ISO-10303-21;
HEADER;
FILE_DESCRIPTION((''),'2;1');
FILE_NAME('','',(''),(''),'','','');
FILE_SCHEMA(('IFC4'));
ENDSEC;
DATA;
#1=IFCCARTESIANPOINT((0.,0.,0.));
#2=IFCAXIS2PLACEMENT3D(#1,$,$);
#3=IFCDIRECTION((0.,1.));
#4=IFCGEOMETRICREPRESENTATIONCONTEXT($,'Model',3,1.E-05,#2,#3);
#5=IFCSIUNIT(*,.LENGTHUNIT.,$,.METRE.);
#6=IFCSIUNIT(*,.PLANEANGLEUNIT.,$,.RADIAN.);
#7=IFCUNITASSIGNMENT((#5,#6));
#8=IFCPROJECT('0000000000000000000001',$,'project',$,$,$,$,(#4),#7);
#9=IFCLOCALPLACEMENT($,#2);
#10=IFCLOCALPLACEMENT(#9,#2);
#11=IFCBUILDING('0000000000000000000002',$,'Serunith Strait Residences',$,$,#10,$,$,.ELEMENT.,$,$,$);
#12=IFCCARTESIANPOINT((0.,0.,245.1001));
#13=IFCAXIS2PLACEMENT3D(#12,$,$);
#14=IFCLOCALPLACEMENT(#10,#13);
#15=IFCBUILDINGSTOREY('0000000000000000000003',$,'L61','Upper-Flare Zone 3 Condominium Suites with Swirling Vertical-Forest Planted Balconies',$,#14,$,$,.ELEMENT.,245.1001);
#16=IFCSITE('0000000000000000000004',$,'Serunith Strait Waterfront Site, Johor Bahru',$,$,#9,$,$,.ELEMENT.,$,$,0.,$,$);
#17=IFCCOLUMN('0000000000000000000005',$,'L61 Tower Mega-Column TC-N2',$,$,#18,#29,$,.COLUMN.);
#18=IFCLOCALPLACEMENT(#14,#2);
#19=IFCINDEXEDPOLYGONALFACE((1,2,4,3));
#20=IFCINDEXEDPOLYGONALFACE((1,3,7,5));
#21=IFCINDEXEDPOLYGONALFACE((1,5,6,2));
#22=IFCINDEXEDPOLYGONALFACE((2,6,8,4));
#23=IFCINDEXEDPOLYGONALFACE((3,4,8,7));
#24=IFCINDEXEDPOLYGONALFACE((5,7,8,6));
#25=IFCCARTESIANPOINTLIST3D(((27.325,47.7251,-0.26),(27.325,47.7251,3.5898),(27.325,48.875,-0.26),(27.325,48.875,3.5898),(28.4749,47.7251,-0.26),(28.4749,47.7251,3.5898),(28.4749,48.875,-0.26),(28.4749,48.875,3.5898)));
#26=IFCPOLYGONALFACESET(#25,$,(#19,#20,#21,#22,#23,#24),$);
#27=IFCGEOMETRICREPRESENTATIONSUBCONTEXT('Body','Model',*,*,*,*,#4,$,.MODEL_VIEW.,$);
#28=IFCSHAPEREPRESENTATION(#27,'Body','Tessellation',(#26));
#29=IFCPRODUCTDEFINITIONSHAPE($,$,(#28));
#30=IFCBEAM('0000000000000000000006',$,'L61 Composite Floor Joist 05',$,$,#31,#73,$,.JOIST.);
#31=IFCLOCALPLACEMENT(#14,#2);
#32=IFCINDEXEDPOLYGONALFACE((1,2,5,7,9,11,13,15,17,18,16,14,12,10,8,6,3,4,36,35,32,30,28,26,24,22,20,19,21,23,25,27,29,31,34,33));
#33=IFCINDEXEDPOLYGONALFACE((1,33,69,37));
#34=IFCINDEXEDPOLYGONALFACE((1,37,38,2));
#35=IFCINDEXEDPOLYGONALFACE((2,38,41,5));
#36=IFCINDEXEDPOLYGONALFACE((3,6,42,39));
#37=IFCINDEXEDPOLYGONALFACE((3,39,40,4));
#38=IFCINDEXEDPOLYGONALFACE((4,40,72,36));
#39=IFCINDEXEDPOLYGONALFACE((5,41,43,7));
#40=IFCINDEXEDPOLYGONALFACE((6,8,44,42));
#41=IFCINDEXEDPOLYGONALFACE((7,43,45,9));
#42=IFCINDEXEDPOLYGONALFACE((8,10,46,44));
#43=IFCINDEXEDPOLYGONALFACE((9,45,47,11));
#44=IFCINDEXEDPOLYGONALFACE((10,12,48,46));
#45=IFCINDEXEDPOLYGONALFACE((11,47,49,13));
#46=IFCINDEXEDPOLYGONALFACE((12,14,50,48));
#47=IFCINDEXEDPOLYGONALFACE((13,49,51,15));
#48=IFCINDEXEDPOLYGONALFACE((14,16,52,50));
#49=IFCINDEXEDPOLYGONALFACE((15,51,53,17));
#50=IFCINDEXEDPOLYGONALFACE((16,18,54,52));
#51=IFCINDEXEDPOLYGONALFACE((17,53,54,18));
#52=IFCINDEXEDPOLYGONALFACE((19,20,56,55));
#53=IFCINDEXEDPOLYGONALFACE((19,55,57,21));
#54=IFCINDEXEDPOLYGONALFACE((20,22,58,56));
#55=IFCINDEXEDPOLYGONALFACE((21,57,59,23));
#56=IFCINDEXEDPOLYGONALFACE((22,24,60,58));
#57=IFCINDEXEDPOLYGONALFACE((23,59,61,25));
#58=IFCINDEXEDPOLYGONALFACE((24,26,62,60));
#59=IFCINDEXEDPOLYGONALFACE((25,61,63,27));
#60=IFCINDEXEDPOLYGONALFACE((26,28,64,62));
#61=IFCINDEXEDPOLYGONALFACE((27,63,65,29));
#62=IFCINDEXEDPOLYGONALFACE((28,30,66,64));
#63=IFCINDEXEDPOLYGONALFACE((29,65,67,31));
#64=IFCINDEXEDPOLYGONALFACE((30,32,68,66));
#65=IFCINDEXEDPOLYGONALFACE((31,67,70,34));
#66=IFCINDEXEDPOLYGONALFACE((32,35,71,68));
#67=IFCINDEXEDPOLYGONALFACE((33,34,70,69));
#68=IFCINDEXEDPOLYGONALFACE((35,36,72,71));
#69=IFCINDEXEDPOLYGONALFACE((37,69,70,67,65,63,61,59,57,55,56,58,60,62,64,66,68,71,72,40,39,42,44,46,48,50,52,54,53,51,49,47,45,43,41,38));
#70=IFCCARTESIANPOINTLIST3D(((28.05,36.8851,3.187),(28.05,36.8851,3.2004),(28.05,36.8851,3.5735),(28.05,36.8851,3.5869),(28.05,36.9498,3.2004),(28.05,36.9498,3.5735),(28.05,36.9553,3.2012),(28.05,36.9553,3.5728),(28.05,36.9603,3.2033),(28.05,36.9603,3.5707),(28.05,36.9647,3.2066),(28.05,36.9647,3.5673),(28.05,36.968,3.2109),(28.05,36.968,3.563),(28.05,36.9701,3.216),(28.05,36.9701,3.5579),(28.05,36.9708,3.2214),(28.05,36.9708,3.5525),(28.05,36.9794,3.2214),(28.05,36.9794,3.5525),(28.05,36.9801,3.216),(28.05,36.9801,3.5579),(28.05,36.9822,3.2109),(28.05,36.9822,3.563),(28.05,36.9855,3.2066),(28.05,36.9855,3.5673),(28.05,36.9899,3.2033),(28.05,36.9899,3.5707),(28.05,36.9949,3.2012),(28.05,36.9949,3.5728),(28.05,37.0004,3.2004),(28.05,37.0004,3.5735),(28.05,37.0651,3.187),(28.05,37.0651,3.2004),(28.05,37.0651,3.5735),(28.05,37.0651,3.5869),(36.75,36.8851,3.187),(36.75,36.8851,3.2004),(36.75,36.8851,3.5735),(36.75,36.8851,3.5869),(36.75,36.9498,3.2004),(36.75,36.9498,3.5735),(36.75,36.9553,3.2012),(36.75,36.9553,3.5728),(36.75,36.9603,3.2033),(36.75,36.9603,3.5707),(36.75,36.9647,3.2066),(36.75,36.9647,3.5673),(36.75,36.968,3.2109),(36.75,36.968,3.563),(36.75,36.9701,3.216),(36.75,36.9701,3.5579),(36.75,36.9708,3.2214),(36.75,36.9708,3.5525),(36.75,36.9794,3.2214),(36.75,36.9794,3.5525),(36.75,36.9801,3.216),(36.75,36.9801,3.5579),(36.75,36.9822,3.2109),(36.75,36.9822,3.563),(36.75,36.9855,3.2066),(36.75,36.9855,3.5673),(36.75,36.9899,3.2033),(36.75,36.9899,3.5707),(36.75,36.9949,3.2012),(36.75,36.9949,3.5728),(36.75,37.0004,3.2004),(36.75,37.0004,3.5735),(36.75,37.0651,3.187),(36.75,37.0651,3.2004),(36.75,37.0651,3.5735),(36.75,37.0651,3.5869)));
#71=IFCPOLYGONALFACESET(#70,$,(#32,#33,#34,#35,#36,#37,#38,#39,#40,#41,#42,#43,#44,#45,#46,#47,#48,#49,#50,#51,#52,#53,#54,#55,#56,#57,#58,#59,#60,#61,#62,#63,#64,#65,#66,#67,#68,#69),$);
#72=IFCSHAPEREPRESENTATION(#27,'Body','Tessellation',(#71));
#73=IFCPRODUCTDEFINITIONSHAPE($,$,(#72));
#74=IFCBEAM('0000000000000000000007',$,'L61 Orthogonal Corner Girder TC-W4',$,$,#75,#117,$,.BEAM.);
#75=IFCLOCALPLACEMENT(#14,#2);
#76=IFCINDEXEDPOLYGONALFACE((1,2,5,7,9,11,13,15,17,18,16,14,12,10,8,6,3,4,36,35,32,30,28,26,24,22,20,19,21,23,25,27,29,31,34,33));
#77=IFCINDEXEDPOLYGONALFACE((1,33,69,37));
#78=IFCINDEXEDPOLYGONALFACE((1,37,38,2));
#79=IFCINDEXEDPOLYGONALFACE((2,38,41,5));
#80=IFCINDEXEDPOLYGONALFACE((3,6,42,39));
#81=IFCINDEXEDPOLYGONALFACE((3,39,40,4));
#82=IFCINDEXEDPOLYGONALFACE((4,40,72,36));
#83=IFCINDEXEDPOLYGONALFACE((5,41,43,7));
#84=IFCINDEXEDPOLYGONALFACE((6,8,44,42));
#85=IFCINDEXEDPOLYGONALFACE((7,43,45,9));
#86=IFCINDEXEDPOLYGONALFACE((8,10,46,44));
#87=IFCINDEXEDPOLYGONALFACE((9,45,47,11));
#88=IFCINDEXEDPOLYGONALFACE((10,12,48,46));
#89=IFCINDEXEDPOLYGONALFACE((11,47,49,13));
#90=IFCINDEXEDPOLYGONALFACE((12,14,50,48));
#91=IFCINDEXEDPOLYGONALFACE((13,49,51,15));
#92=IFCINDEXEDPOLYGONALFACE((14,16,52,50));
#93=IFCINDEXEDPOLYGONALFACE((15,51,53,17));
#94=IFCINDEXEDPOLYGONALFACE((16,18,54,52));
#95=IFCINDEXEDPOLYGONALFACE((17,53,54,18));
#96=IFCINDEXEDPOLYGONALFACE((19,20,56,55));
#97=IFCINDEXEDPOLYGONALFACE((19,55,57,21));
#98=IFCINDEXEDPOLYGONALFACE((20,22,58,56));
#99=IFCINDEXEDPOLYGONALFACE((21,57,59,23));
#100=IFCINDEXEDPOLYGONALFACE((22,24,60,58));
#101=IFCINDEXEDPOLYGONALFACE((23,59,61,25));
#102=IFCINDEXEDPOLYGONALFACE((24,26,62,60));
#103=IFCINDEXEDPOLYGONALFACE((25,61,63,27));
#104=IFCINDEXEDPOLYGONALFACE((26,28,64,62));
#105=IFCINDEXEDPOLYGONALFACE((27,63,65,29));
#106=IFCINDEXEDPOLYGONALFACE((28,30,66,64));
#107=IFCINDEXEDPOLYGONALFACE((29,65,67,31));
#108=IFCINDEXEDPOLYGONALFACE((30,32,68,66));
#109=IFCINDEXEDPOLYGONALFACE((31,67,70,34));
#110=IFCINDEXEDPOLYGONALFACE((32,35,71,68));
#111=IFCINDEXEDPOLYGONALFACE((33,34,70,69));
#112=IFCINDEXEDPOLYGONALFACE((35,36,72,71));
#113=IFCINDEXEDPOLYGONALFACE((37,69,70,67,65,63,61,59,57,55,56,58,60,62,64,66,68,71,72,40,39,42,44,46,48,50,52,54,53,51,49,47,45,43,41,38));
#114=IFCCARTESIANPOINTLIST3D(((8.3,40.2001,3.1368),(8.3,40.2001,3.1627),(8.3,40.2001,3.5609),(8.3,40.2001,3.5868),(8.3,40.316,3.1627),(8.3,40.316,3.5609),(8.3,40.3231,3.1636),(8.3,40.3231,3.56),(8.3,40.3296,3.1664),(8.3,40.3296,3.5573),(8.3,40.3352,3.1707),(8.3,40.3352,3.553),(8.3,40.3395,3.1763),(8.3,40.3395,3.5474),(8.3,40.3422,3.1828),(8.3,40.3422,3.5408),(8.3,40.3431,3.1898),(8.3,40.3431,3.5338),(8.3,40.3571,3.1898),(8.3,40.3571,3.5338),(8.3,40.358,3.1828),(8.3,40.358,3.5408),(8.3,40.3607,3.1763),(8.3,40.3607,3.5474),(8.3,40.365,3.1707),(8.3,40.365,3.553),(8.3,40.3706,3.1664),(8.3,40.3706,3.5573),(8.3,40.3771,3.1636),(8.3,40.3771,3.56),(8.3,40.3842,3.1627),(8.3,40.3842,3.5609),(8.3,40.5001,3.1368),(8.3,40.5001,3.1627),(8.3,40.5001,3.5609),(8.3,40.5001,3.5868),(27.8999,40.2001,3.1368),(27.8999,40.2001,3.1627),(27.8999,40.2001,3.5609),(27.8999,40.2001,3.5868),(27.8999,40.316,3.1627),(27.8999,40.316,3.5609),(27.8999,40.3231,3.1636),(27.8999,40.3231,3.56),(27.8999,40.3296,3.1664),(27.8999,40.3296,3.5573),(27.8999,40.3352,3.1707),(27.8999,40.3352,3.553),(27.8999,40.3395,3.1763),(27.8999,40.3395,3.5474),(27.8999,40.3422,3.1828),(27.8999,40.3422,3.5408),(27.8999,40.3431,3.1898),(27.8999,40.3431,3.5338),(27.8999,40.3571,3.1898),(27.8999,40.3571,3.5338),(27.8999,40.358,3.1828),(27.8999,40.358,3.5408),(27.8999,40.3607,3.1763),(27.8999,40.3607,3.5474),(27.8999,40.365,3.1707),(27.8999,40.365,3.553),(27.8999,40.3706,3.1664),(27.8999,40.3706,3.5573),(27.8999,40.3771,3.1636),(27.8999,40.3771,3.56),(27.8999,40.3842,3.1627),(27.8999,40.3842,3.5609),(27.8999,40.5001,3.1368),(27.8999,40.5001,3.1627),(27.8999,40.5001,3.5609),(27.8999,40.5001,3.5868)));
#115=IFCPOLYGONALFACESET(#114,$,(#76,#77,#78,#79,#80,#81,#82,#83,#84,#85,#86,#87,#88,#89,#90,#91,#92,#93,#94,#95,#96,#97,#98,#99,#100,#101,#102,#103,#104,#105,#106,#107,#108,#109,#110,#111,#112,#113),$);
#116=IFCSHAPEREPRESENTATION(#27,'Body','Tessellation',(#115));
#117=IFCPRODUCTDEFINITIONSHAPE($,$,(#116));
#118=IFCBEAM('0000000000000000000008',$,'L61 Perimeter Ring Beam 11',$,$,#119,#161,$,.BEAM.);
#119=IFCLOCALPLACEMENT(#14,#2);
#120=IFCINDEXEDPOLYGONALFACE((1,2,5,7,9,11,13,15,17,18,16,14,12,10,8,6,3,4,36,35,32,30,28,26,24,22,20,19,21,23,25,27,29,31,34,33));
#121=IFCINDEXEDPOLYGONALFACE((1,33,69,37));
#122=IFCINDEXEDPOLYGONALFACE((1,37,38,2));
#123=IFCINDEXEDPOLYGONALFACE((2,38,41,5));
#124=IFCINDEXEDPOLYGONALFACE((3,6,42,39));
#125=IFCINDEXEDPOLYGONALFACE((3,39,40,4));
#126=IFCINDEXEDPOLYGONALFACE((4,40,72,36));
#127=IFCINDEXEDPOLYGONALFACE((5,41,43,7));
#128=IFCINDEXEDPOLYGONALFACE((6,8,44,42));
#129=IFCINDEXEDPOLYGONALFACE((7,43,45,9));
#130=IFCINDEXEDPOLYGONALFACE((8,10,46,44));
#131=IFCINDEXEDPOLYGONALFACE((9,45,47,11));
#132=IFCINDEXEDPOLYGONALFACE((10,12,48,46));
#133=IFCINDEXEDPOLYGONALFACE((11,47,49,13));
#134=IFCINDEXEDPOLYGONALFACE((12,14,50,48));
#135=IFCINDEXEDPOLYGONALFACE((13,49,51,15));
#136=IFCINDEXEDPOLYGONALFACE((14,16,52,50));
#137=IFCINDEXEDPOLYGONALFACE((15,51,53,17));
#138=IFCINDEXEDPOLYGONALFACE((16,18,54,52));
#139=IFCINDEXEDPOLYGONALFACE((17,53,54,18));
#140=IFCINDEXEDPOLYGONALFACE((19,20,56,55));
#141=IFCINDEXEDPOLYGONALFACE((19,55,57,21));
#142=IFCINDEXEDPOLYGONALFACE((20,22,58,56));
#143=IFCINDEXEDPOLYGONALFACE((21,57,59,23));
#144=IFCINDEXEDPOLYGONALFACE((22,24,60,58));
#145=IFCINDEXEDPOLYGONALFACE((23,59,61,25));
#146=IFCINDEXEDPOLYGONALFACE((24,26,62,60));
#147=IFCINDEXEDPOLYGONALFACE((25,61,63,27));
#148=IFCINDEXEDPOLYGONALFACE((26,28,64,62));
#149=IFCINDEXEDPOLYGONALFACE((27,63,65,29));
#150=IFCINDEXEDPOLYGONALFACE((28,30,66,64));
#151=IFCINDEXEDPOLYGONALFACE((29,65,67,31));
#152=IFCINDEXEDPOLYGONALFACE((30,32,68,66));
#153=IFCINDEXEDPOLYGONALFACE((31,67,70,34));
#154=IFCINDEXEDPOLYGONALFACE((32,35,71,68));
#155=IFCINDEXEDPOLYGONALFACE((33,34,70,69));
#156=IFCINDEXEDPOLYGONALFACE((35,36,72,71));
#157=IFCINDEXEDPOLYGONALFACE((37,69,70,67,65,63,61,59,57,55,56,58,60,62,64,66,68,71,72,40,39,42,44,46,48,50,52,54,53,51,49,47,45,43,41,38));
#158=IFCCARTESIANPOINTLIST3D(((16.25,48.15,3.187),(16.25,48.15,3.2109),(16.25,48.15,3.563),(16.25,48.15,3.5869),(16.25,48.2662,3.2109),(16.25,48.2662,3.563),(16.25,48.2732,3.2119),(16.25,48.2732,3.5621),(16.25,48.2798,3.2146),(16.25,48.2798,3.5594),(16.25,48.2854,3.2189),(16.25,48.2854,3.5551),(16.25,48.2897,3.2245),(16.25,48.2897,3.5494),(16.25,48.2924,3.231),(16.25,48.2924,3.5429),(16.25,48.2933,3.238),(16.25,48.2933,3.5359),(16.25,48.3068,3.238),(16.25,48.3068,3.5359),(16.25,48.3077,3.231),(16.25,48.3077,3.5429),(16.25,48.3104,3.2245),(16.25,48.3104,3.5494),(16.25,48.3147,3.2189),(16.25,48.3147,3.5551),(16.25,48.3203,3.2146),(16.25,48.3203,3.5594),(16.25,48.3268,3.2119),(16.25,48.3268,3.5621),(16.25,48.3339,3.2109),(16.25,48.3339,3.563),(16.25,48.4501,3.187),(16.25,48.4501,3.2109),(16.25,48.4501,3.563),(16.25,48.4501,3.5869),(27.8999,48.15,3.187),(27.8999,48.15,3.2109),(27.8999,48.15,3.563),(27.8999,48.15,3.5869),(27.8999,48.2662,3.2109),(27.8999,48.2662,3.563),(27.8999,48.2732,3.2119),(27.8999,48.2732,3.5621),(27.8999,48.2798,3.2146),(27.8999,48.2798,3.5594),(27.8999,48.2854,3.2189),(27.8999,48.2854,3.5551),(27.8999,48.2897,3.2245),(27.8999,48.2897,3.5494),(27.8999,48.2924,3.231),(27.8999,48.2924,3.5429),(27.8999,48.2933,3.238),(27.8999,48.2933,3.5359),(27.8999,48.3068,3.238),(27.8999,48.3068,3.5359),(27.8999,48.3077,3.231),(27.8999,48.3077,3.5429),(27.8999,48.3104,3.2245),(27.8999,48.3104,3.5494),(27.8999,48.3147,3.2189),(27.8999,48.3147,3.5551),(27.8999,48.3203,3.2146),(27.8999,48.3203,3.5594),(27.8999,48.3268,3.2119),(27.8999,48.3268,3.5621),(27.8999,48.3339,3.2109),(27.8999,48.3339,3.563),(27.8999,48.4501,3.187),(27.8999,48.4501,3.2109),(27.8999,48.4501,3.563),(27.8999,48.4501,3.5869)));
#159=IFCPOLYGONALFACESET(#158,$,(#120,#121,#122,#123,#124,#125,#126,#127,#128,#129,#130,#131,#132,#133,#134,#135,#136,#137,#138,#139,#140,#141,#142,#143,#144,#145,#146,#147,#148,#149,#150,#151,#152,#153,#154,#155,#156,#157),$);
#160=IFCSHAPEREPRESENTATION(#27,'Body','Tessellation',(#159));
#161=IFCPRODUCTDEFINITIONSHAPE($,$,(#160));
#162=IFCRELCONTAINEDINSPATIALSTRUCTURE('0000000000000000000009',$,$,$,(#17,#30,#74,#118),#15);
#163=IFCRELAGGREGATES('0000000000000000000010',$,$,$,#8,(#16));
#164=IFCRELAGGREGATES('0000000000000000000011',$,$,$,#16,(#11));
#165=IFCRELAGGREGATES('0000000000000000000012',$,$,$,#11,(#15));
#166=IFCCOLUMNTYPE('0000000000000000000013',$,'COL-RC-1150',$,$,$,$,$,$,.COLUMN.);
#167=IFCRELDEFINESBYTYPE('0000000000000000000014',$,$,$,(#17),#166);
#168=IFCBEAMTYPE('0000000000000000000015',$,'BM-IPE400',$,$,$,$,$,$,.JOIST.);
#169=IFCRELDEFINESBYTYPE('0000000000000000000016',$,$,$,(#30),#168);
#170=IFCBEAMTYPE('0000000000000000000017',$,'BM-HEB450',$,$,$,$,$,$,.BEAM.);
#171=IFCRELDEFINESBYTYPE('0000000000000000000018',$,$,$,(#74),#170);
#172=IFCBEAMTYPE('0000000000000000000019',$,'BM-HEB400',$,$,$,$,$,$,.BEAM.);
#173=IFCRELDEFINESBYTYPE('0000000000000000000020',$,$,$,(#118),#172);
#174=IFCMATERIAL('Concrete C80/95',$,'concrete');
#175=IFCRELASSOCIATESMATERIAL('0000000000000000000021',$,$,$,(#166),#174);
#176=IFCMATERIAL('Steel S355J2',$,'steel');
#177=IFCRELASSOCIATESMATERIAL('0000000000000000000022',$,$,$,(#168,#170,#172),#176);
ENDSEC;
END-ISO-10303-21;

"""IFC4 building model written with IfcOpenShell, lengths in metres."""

from ifc_helpers import new_model, si_unit, direction, frame, origin, origin_2d, place, context, subcontext, project, spatial, rectangle, i_section, extrude, source, transform, mapped, material, material_profile, profile_set, type_object, element, save


model = new_model("IFC4")

# Units and contexts
model_context = context("Model", 3, precision=1e-05, world=origin(), true_north=direction((0.0, 1.0)))
body_context = subcontext(model_context, "Body", "Model", "MODEL_VIEW")
ifc_project = project(units=[si_unit("LENGTHUNIT", "METRE"), si_unit("PLANEANGLEUNIT", "RADIAN")], contexts=[model_context])

# Site, building, storey
site_placement = place(None, origin())
site = spatial("IfcSite", under=ifc_project, at=site_placement, Name="Serunith Strait Waterfront Site, Johor Bahru", CompositionType="ELEMENT", RefElevation=0.0)
building_placement = place(site_placement, origin())
building = spatial("IfcBuilding", under=site, at=building_placement, Name="Serunith Strait Residences", CompositionType="ELEMENT")
storey_placement = place(building_placement, frame((0.0, 0.0, 245.1001)))
storey = spatial("IfcBuildingStorey", under=building, at=storey_placement, Name="L61", Description="Upper-Flare Zone 3 Condominium Suites with Swirling Vertical-Forest Planted Balconies", CompositionType="ELEMENT", Elevation=245.1001)

# Column
ifc_material_1 = material(Name="Concrete C80/95", Category="concrete")
ifc_material_profile_1 = material_profile(ifc_material_1, rectangle(XDim=1.1499, YDim=1.1499, at=origin_2d()), Name="RC 1150x1150")
ifc_profile_set_1 = profile_set([ifc_material_profile_1], Name="Concrete C80/95")
column_type = type_object("IfcColumnType", Name="COL-RC-1150", PredefinedType="COLUMN", material=ifc_profile_set_1)
shared_shape_1 = source(origin(), body_context, "Body", "SweptSolid", [
    extrude(rectangle(XDim=1.1499, YDim=1.1499, at=origin_2d()), origin(), (0.0, 0.0, 1.0), 3.8499),
])
column_placement = place(storey_placement, frame((27.8999, 48.3, -0.26), z_axis=(0.0, 0.0, 1.0), x_axis=(1.0, 0.0, 0.0)))
element("IfcColumn", 1, at=column_placement, inside=storey, type_object=column_type, Name="L61 Tower Mega-Column TC-N2", PredefinedType="COLUMN", context=body_context, shape_type="MappedRepresentation", body=[
    mapped(shared_shape_1, transform((0.0, 0.0, 0.0), scale=1.0)),
])

# Beams
ifc_material_2 = material(Name="Steel S355J2", Category="steel")
ifc_material_profile_2 = material_profile(ifc_material_2, i_section(OverallWidth=0.1799, OverallDepth=0.3999, WebThickness=0.0085, FlangeThickness=0.0134, FilletRadius=0.021, at=origin_2d()), Name="IPE 400")
ifc_profile_set_2 = profile_set([ifc_material_profile_2], Name="Steel S355J2")
beam_type_1 = type_object("IfcBeamType", Name="BM-IPE400", PredefinedType="JOIST", material=ifc_profile_set_2)
shared_shape_2 = source(origin(), body_context, "Body", "SweptSolid", [
    extrude(i_section(OverallWidth=0.1799, OverallDepth=0.3999, WebThickness=0.0085, FlangeThickness=0.0134, FilletRadius=0.021, at=origin_2d()), origin(), (0.0, 0.0, 1.0), 8.7),
])
beam_1_placement = place(storey_placement, frame((28.05, 36.9751, 3.387), z_axis=(1.0, 0.0, 0.0), x_axis=(0.0, 1.0, 0.0)))
element("IfcBeam", 2, at=beam_1_placement, inside=storey, type_object=beam_type_1, Name="L61 Composite Floor Joist 05", PredefinedType="JOIST", context=body_context, shape_type="MappedRepresentation", body=[
    mapped(shared_shape_2, transform((0.0, 0.0, 0.0), scale=1.0)),
])
ifc_material_profile_3 = material_profile(ifc_material_2, i_section(OverallWidth=0.3, OverallDepth=0.45, WebThickness=0.0139, FlangeThickness=0.0259, FilletRadius=0.0271, at=origin_2d()), Name="HEB 450")
ifc_profile_set_3 = profile_set([ifc_material_profile_3], Name="Steel S355J2")
beam_type_2 = type_object("IfcBeamType", Name="BM-HEB450", PredefinedType="BEAM", material=ifc_profile_set_3)
shared_shape_3 = source(origin(), body_context, "Body", "SweptSolid", [
    extrude(i_section(OverallWidth=0.3, OverallDepth=0.45, WebThickness=0.0139, FlangeThickness=0.0259, FilletRadius=0.0271, at=origin_2d()), origin(), (0.0, 0.0, 1.0), 19.5999),
])
beam_2_placement = place(storey_placement, frame((27.8999, 40.3501, 3.3618), z_axis=(-1.0, 0.0, 0.0), x_axis=(0.0, -1.0, 0.0)))
element("IfcBeam", 3, at=beam_2_placement, inside=storey, type_object=beam_type_2, Name="L61 Orthogonal Corner Girder TC-W4", PredefinedType="BEAM", context=body_context, shape_type="MappedRepresentation", body=[
    mapped(shared_shape_3, transform((0.0, 0.0, 0.0), scale=1.0)),
])
ifc_material_profile_4 = material_profile(ifc_material_2, i_section(OverallWidth=0.3, OverallDepth=0.3999, WebThickness=0.0134, FlangeThickness=0.0239, FilletRadius=0.0271, at=origin_2d()), Name="HEB 400")
ifc_profile_set_4 = profile_set([ifc_material_profile_4], Name="Steel S355J2")
beam_type_3 = type_object("IfcBeamType", Name="BM-HEB400", PredefinedType="BEAM", material=ifc_profile_set_4)
shared_shape_4 = source(origin(), body_context, "Body", "SweptSolid", [
    extrude(i_section(OverallWidth=0.3, OverallDepth=0.3999, WebThickness=0.0134, FlangeThickness=0.0239, FilletRadius=0.0271, at=origin_2d()), origin(), (0.0, 0.0, 1.0), 11.6499),
])
beam_3_placement = place(storey_placement, frame((27.8999, 48.3, 3.387), z_axis=(-1.0, 0.0, 0.0), x_axis=(0.0, -1.0, 0.0)))
element("IfcBeam", 4, at=beam_3_placement, inside=storey, type_object=beam_type_3, Name="L61 Perimeter Ring Beam 11", PredefinedType="BEAM", context=body_context, shape_type="MappedRepresentation", body=[
    mapped(shared_shape_4, transform((0.0, 0.0, 0.0), scale=1.0)),
])

save(model, "model.ifc")
